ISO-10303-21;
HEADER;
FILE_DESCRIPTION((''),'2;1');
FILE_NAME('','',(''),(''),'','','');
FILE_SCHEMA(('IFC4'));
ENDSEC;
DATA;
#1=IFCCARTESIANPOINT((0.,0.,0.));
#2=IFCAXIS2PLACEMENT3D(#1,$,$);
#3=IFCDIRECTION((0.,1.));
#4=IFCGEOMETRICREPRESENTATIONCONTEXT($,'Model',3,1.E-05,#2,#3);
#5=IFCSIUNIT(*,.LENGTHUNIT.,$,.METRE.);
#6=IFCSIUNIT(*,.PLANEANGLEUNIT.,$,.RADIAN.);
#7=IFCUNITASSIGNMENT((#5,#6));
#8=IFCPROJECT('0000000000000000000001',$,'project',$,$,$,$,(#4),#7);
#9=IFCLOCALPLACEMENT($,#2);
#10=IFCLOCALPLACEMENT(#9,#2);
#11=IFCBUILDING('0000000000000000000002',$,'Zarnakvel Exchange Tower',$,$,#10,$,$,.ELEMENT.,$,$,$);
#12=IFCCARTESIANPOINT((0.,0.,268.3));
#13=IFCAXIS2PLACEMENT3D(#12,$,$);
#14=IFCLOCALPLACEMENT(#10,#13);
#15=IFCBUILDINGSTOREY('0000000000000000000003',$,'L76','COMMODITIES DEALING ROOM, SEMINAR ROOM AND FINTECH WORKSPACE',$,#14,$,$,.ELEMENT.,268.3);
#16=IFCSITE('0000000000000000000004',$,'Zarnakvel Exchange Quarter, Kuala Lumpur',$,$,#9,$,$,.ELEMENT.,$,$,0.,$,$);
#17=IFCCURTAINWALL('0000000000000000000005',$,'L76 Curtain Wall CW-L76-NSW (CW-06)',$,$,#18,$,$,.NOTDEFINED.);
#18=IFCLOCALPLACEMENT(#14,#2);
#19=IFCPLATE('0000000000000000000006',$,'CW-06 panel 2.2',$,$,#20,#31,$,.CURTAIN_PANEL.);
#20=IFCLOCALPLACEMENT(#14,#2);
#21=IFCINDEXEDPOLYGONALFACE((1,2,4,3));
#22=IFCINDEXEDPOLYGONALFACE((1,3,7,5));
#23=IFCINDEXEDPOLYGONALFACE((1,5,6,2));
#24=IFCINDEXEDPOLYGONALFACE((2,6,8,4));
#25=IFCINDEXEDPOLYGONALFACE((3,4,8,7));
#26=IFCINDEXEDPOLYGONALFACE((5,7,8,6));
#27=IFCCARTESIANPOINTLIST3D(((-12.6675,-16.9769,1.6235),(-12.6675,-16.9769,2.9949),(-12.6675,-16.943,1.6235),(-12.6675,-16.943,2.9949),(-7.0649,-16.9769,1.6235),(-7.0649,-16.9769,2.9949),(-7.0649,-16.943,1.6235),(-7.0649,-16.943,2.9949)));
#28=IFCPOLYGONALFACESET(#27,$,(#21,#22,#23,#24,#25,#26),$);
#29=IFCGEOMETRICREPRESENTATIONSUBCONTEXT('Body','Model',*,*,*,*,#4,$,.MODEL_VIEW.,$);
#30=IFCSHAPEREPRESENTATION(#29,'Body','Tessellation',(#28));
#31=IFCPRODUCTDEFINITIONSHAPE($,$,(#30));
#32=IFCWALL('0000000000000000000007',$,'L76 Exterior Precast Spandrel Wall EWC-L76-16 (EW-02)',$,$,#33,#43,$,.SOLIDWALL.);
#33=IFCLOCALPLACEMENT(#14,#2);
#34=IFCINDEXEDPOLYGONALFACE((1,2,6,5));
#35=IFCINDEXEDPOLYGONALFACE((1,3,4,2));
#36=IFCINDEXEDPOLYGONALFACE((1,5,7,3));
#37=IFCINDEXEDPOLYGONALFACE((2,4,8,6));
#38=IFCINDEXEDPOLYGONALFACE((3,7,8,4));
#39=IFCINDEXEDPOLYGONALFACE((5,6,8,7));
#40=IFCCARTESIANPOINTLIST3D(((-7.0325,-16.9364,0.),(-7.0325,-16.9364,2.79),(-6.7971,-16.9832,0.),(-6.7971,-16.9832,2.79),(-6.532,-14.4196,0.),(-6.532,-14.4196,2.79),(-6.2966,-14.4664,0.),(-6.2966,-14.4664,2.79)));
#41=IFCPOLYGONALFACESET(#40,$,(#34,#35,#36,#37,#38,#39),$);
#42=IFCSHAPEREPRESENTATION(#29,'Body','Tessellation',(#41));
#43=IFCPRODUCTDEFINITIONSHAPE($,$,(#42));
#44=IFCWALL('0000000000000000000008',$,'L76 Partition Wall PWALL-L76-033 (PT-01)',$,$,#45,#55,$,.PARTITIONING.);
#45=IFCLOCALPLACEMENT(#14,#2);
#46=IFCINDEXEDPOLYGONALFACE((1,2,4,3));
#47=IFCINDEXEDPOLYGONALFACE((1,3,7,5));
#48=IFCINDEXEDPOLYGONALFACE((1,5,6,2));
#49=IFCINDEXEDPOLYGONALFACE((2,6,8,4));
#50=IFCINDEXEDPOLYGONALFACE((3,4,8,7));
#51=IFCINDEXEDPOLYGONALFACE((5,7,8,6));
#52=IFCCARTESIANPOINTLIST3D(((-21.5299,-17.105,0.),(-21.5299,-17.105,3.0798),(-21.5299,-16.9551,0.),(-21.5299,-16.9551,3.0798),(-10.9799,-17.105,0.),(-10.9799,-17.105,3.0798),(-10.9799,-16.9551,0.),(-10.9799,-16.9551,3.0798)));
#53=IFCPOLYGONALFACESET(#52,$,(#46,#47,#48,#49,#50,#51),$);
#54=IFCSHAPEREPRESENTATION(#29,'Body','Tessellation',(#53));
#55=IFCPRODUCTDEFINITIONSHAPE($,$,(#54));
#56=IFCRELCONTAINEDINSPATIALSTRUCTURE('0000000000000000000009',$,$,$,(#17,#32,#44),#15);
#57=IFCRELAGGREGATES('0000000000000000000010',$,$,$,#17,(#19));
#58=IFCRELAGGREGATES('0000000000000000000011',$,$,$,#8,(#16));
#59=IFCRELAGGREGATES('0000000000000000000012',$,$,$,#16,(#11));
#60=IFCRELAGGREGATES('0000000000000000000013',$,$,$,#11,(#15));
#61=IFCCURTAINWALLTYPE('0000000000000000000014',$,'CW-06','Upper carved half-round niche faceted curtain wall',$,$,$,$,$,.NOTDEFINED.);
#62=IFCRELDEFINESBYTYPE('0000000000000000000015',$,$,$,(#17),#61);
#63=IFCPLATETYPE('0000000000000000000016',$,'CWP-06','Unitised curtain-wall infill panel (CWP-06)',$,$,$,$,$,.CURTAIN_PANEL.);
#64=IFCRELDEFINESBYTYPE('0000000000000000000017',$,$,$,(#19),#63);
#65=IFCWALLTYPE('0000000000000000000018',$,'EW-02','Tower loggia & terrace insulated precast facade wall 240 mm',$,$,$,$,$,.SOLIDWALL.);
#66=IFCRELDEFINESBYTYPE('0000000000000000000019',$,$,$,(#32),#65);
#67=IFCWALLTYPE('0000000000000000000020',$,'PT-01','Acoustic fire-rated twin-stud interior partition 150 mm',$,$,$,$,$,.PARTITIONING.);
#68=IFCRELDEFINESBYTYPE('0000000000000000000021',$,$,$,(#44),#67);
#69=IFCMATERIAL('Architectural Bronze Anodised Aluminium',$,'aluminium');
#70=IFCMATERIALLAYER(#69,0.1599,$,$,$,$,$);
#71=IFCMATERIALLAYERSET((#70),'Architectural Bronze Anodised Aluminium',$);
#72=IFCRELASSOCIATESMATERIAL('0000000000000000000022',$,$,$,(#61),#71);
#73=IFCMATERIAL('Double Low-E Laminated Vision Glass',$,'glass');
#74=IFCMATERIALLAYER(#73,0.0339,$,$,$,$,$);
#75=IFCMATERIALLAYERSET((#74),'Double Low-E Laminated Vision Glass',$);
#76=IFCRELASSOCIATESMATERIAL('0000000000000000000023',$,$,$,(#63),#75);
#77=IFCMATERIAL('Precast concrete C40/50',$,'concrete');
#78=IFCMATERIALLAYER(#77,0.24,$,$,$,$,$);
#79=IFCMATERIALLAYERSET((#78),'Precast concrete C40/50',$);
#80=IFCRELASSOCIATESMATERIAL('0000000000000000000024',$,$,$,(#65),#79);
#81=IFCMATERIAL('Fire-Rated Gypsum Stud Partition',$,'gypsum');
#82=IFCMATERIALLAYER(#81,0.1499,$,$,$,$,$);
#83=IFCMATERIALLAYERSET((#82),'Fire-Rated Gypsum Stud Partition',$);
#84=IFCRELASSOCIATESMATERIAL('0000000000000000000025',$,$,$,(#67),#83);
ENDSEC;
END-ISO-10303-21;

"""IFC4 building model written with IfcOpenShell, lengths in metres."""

from ifc_helpers import new_model, si_unit, direction, frame, frame_2d, origin, origin_2d, place, context, subcontext, project, spatial, rectangle, extrude, source, transform, mapped, material, layer, layer_set, type_object, element, aggregate, save


model = new_model("IFC4")

# Units and contexts
model_context = context("Model", 3, precision=1e-05, world=origin(), true_north=direction((0.0, 1.0)))
body_context = subcontext(model_context, "Body", "Model", "MODEL_VIEW")
ifc_project = project(units=[si_unit("LENGTHUNIT", "METRE"), si_unit("PLANEANGLEUNIT", "RADIAN")], contexts=[model_context])

# Site, building, storey
site_placement = place(None, origin())
site = spatial("IfcSite", under=ifc_project, at=site_placement, Name="Zarnakvel Exchange Quarter, Kuala Lumpur", CompositionType="ELEMENT", RefElevation=0.0)
building_placement = place(site_placement, origin())
building = spatial("IfcBuilding", under=site, at=building_placement, Name="Zarnakvel Exchange Tower", CompositionType="ELEMENT")
storey_placement = place(building_placement, frame((0.0, 0.0, 268.3)))
storey = spatial("IfcBuildingStorey", under=building, at=storey_placement, Name="L76", Description="COMMODITIES DEALING ROOM, SEMINAR ROOM AND FINTECH WORKSPACE", CompositionType="ELEMENT", Elevation=268.3)

# Curtain wall
ifc_material_1 = material(Name="Architectural Bronze Anodised Aluminium", Category="aluminium")
ifc_layer_1 = layer(ifc_material_1, 0.1599)
ifc_layer_set_1 = layer_set([ifc_layer_1], Name="Architectural Bronze Anodised Aluminium")
curtain_wall_type = type_object("IfcCurtainWallType", Name="CW-06", Description="Upper carved half-round niche faceted curtain wall", PredefinedType="NOTDEFINED", material=ifc_layer_set_1)
curtain_wall_1_placement = place(storey_placement, origin())
curtain_wall_1 = element("IfcCurtainWall", 1, at=curtain_wall_1_placement, inside=storey, type_object=curtain_wall_type, Name="L76 Curtain Wall CW-L76-NSW (CW-06)", PredefinedType="NOTDEFINED")

# Plate
ifc_material_2 = material(Name="Double Low-E Laminated Vision Glass", Category="glass")
ifc_layer_2 = layer(ifc_material_2, 0.0339)
ifc_layer_set_2 = layer_set([ifc_layer_2], Name="Double Low-E Laminated Vision Glass")
plate_type = type_object("IfcPlateType", Name="CWP-06", Description="Unitised curtain-wall infill panel (CWP-06)", PredefinedType="CURTAIN_PANEL", material=ifc_layer_set_2)
shared_shape_1 = source(origin(), body_context, "Body", "SweptSolid", [
    extrude(rectangle(XDim=5.6025, YDim=0.0339, at=origin_2d()), origin(), (0.0, 0.0, 1.0), 1.3713),
])
plate_1_placement = place(storey_placement, frame((-9.8662, -16.96, 1.6235), z_axis=(0.0, 0.0, 1.0), x_axis=(1.0, 0.0, 0.0)))
plate_1 = element("IfcPlate", 2, at=plate_1_placement, type_object=plate_type, Name="CW-06 panel 2.2", PredefinedType="CURTAIN_PANEL", context=body_context, shape_type="MappedRepresentation", body=[
    mapped(shared_shape_1, transform((0.0, 0.0, 0.0), x_axis=(1.0, 0.0, 0.0), y_axis=(0.0, 1.0, 0.0), z_axis=(0.0, 0.0, 1.0), scale=1.0)),
])
aggregate(curtain_wall_1, [plate_1])

# Walls
ifc_material_3 = material(Name="Precast concrete C40/50", Category="concrete")
ifc_layer_3 = layer(ifc_material_3, 0.24)
ifc_layer_set_3 = layer_set([ifc_layer_3], Name="Precast concrete C40/50")
wall_type_1 = type_object("IfcWallType", Name="EW-02", Description="Tower loggia & terrace insulated precast facade wall 240 mm", PredefinedType="SOLIDWALL", material=ifc_layer_set_3)
wall_1_placement = place(storey_placement, frame((-6.9148, -16.96, 0.0), z_axis=(0.0, 0.0, 1.0), x_axis=(0.195037, 0.980796, 0.0)))
element("IfcWall", 3, at=wall_1_placement, inside=storey, type_object=wall_type_1, Name="L76 Exterior Precast Spandrel Wall EWC-L76-16 (EW-02)", PredefinedType="SOLIDWALL", context=body_context, shape_type="SweptSolid", body=[
    extrude(rectangle(XDim=2.5662, YDim=0.24, at=frame_2d((1.2832, 0.0))), origin(), (0.0, 0.0, 1.0), 2.79),
])
ifc_material_4 = material(Name="Fire-Rated Gypsum Stud Partition", Category="gypsum")
ifc_layer_4 = layer(ifc_material_4, 0.1499)
ifc_layer_set_4 = layer_set([ifc_layer_4], Name="Fire-Rated Gypsum Stud Partition")
wall_type_2 = type_object("IfcWallType", Name="PT-01", Description="Acoustic fire-rated twin-stud interior partition 150 mm", PredefinedType="PARTITIONING", material=ifc_layer_set_4)
wall_2_placement = place(storey_placement, frame((-10.98, -17.03, 0.0), z_axis=(0.0, 0.0, 1.0), x_axis=(-1.0, 0.0, 0.0)))
element("IfcWall", 4, at=wall_2_placement, inside=storey, type_object=wall_type_2, Name="L76 Partition Wall PWALL-L76-033 (PT-01)", PredefinedType="PARTITIONING", context=body_context, shape_type="SweptSolid", body=[
    extrude(rectangle(XDim=10.55, YDim=0.1499, at=frame_2d((5.2749, 0.0))), origin(), (0.0, 0.0, 1.0), 3.0798),
])

save(model, "model.ifc")
